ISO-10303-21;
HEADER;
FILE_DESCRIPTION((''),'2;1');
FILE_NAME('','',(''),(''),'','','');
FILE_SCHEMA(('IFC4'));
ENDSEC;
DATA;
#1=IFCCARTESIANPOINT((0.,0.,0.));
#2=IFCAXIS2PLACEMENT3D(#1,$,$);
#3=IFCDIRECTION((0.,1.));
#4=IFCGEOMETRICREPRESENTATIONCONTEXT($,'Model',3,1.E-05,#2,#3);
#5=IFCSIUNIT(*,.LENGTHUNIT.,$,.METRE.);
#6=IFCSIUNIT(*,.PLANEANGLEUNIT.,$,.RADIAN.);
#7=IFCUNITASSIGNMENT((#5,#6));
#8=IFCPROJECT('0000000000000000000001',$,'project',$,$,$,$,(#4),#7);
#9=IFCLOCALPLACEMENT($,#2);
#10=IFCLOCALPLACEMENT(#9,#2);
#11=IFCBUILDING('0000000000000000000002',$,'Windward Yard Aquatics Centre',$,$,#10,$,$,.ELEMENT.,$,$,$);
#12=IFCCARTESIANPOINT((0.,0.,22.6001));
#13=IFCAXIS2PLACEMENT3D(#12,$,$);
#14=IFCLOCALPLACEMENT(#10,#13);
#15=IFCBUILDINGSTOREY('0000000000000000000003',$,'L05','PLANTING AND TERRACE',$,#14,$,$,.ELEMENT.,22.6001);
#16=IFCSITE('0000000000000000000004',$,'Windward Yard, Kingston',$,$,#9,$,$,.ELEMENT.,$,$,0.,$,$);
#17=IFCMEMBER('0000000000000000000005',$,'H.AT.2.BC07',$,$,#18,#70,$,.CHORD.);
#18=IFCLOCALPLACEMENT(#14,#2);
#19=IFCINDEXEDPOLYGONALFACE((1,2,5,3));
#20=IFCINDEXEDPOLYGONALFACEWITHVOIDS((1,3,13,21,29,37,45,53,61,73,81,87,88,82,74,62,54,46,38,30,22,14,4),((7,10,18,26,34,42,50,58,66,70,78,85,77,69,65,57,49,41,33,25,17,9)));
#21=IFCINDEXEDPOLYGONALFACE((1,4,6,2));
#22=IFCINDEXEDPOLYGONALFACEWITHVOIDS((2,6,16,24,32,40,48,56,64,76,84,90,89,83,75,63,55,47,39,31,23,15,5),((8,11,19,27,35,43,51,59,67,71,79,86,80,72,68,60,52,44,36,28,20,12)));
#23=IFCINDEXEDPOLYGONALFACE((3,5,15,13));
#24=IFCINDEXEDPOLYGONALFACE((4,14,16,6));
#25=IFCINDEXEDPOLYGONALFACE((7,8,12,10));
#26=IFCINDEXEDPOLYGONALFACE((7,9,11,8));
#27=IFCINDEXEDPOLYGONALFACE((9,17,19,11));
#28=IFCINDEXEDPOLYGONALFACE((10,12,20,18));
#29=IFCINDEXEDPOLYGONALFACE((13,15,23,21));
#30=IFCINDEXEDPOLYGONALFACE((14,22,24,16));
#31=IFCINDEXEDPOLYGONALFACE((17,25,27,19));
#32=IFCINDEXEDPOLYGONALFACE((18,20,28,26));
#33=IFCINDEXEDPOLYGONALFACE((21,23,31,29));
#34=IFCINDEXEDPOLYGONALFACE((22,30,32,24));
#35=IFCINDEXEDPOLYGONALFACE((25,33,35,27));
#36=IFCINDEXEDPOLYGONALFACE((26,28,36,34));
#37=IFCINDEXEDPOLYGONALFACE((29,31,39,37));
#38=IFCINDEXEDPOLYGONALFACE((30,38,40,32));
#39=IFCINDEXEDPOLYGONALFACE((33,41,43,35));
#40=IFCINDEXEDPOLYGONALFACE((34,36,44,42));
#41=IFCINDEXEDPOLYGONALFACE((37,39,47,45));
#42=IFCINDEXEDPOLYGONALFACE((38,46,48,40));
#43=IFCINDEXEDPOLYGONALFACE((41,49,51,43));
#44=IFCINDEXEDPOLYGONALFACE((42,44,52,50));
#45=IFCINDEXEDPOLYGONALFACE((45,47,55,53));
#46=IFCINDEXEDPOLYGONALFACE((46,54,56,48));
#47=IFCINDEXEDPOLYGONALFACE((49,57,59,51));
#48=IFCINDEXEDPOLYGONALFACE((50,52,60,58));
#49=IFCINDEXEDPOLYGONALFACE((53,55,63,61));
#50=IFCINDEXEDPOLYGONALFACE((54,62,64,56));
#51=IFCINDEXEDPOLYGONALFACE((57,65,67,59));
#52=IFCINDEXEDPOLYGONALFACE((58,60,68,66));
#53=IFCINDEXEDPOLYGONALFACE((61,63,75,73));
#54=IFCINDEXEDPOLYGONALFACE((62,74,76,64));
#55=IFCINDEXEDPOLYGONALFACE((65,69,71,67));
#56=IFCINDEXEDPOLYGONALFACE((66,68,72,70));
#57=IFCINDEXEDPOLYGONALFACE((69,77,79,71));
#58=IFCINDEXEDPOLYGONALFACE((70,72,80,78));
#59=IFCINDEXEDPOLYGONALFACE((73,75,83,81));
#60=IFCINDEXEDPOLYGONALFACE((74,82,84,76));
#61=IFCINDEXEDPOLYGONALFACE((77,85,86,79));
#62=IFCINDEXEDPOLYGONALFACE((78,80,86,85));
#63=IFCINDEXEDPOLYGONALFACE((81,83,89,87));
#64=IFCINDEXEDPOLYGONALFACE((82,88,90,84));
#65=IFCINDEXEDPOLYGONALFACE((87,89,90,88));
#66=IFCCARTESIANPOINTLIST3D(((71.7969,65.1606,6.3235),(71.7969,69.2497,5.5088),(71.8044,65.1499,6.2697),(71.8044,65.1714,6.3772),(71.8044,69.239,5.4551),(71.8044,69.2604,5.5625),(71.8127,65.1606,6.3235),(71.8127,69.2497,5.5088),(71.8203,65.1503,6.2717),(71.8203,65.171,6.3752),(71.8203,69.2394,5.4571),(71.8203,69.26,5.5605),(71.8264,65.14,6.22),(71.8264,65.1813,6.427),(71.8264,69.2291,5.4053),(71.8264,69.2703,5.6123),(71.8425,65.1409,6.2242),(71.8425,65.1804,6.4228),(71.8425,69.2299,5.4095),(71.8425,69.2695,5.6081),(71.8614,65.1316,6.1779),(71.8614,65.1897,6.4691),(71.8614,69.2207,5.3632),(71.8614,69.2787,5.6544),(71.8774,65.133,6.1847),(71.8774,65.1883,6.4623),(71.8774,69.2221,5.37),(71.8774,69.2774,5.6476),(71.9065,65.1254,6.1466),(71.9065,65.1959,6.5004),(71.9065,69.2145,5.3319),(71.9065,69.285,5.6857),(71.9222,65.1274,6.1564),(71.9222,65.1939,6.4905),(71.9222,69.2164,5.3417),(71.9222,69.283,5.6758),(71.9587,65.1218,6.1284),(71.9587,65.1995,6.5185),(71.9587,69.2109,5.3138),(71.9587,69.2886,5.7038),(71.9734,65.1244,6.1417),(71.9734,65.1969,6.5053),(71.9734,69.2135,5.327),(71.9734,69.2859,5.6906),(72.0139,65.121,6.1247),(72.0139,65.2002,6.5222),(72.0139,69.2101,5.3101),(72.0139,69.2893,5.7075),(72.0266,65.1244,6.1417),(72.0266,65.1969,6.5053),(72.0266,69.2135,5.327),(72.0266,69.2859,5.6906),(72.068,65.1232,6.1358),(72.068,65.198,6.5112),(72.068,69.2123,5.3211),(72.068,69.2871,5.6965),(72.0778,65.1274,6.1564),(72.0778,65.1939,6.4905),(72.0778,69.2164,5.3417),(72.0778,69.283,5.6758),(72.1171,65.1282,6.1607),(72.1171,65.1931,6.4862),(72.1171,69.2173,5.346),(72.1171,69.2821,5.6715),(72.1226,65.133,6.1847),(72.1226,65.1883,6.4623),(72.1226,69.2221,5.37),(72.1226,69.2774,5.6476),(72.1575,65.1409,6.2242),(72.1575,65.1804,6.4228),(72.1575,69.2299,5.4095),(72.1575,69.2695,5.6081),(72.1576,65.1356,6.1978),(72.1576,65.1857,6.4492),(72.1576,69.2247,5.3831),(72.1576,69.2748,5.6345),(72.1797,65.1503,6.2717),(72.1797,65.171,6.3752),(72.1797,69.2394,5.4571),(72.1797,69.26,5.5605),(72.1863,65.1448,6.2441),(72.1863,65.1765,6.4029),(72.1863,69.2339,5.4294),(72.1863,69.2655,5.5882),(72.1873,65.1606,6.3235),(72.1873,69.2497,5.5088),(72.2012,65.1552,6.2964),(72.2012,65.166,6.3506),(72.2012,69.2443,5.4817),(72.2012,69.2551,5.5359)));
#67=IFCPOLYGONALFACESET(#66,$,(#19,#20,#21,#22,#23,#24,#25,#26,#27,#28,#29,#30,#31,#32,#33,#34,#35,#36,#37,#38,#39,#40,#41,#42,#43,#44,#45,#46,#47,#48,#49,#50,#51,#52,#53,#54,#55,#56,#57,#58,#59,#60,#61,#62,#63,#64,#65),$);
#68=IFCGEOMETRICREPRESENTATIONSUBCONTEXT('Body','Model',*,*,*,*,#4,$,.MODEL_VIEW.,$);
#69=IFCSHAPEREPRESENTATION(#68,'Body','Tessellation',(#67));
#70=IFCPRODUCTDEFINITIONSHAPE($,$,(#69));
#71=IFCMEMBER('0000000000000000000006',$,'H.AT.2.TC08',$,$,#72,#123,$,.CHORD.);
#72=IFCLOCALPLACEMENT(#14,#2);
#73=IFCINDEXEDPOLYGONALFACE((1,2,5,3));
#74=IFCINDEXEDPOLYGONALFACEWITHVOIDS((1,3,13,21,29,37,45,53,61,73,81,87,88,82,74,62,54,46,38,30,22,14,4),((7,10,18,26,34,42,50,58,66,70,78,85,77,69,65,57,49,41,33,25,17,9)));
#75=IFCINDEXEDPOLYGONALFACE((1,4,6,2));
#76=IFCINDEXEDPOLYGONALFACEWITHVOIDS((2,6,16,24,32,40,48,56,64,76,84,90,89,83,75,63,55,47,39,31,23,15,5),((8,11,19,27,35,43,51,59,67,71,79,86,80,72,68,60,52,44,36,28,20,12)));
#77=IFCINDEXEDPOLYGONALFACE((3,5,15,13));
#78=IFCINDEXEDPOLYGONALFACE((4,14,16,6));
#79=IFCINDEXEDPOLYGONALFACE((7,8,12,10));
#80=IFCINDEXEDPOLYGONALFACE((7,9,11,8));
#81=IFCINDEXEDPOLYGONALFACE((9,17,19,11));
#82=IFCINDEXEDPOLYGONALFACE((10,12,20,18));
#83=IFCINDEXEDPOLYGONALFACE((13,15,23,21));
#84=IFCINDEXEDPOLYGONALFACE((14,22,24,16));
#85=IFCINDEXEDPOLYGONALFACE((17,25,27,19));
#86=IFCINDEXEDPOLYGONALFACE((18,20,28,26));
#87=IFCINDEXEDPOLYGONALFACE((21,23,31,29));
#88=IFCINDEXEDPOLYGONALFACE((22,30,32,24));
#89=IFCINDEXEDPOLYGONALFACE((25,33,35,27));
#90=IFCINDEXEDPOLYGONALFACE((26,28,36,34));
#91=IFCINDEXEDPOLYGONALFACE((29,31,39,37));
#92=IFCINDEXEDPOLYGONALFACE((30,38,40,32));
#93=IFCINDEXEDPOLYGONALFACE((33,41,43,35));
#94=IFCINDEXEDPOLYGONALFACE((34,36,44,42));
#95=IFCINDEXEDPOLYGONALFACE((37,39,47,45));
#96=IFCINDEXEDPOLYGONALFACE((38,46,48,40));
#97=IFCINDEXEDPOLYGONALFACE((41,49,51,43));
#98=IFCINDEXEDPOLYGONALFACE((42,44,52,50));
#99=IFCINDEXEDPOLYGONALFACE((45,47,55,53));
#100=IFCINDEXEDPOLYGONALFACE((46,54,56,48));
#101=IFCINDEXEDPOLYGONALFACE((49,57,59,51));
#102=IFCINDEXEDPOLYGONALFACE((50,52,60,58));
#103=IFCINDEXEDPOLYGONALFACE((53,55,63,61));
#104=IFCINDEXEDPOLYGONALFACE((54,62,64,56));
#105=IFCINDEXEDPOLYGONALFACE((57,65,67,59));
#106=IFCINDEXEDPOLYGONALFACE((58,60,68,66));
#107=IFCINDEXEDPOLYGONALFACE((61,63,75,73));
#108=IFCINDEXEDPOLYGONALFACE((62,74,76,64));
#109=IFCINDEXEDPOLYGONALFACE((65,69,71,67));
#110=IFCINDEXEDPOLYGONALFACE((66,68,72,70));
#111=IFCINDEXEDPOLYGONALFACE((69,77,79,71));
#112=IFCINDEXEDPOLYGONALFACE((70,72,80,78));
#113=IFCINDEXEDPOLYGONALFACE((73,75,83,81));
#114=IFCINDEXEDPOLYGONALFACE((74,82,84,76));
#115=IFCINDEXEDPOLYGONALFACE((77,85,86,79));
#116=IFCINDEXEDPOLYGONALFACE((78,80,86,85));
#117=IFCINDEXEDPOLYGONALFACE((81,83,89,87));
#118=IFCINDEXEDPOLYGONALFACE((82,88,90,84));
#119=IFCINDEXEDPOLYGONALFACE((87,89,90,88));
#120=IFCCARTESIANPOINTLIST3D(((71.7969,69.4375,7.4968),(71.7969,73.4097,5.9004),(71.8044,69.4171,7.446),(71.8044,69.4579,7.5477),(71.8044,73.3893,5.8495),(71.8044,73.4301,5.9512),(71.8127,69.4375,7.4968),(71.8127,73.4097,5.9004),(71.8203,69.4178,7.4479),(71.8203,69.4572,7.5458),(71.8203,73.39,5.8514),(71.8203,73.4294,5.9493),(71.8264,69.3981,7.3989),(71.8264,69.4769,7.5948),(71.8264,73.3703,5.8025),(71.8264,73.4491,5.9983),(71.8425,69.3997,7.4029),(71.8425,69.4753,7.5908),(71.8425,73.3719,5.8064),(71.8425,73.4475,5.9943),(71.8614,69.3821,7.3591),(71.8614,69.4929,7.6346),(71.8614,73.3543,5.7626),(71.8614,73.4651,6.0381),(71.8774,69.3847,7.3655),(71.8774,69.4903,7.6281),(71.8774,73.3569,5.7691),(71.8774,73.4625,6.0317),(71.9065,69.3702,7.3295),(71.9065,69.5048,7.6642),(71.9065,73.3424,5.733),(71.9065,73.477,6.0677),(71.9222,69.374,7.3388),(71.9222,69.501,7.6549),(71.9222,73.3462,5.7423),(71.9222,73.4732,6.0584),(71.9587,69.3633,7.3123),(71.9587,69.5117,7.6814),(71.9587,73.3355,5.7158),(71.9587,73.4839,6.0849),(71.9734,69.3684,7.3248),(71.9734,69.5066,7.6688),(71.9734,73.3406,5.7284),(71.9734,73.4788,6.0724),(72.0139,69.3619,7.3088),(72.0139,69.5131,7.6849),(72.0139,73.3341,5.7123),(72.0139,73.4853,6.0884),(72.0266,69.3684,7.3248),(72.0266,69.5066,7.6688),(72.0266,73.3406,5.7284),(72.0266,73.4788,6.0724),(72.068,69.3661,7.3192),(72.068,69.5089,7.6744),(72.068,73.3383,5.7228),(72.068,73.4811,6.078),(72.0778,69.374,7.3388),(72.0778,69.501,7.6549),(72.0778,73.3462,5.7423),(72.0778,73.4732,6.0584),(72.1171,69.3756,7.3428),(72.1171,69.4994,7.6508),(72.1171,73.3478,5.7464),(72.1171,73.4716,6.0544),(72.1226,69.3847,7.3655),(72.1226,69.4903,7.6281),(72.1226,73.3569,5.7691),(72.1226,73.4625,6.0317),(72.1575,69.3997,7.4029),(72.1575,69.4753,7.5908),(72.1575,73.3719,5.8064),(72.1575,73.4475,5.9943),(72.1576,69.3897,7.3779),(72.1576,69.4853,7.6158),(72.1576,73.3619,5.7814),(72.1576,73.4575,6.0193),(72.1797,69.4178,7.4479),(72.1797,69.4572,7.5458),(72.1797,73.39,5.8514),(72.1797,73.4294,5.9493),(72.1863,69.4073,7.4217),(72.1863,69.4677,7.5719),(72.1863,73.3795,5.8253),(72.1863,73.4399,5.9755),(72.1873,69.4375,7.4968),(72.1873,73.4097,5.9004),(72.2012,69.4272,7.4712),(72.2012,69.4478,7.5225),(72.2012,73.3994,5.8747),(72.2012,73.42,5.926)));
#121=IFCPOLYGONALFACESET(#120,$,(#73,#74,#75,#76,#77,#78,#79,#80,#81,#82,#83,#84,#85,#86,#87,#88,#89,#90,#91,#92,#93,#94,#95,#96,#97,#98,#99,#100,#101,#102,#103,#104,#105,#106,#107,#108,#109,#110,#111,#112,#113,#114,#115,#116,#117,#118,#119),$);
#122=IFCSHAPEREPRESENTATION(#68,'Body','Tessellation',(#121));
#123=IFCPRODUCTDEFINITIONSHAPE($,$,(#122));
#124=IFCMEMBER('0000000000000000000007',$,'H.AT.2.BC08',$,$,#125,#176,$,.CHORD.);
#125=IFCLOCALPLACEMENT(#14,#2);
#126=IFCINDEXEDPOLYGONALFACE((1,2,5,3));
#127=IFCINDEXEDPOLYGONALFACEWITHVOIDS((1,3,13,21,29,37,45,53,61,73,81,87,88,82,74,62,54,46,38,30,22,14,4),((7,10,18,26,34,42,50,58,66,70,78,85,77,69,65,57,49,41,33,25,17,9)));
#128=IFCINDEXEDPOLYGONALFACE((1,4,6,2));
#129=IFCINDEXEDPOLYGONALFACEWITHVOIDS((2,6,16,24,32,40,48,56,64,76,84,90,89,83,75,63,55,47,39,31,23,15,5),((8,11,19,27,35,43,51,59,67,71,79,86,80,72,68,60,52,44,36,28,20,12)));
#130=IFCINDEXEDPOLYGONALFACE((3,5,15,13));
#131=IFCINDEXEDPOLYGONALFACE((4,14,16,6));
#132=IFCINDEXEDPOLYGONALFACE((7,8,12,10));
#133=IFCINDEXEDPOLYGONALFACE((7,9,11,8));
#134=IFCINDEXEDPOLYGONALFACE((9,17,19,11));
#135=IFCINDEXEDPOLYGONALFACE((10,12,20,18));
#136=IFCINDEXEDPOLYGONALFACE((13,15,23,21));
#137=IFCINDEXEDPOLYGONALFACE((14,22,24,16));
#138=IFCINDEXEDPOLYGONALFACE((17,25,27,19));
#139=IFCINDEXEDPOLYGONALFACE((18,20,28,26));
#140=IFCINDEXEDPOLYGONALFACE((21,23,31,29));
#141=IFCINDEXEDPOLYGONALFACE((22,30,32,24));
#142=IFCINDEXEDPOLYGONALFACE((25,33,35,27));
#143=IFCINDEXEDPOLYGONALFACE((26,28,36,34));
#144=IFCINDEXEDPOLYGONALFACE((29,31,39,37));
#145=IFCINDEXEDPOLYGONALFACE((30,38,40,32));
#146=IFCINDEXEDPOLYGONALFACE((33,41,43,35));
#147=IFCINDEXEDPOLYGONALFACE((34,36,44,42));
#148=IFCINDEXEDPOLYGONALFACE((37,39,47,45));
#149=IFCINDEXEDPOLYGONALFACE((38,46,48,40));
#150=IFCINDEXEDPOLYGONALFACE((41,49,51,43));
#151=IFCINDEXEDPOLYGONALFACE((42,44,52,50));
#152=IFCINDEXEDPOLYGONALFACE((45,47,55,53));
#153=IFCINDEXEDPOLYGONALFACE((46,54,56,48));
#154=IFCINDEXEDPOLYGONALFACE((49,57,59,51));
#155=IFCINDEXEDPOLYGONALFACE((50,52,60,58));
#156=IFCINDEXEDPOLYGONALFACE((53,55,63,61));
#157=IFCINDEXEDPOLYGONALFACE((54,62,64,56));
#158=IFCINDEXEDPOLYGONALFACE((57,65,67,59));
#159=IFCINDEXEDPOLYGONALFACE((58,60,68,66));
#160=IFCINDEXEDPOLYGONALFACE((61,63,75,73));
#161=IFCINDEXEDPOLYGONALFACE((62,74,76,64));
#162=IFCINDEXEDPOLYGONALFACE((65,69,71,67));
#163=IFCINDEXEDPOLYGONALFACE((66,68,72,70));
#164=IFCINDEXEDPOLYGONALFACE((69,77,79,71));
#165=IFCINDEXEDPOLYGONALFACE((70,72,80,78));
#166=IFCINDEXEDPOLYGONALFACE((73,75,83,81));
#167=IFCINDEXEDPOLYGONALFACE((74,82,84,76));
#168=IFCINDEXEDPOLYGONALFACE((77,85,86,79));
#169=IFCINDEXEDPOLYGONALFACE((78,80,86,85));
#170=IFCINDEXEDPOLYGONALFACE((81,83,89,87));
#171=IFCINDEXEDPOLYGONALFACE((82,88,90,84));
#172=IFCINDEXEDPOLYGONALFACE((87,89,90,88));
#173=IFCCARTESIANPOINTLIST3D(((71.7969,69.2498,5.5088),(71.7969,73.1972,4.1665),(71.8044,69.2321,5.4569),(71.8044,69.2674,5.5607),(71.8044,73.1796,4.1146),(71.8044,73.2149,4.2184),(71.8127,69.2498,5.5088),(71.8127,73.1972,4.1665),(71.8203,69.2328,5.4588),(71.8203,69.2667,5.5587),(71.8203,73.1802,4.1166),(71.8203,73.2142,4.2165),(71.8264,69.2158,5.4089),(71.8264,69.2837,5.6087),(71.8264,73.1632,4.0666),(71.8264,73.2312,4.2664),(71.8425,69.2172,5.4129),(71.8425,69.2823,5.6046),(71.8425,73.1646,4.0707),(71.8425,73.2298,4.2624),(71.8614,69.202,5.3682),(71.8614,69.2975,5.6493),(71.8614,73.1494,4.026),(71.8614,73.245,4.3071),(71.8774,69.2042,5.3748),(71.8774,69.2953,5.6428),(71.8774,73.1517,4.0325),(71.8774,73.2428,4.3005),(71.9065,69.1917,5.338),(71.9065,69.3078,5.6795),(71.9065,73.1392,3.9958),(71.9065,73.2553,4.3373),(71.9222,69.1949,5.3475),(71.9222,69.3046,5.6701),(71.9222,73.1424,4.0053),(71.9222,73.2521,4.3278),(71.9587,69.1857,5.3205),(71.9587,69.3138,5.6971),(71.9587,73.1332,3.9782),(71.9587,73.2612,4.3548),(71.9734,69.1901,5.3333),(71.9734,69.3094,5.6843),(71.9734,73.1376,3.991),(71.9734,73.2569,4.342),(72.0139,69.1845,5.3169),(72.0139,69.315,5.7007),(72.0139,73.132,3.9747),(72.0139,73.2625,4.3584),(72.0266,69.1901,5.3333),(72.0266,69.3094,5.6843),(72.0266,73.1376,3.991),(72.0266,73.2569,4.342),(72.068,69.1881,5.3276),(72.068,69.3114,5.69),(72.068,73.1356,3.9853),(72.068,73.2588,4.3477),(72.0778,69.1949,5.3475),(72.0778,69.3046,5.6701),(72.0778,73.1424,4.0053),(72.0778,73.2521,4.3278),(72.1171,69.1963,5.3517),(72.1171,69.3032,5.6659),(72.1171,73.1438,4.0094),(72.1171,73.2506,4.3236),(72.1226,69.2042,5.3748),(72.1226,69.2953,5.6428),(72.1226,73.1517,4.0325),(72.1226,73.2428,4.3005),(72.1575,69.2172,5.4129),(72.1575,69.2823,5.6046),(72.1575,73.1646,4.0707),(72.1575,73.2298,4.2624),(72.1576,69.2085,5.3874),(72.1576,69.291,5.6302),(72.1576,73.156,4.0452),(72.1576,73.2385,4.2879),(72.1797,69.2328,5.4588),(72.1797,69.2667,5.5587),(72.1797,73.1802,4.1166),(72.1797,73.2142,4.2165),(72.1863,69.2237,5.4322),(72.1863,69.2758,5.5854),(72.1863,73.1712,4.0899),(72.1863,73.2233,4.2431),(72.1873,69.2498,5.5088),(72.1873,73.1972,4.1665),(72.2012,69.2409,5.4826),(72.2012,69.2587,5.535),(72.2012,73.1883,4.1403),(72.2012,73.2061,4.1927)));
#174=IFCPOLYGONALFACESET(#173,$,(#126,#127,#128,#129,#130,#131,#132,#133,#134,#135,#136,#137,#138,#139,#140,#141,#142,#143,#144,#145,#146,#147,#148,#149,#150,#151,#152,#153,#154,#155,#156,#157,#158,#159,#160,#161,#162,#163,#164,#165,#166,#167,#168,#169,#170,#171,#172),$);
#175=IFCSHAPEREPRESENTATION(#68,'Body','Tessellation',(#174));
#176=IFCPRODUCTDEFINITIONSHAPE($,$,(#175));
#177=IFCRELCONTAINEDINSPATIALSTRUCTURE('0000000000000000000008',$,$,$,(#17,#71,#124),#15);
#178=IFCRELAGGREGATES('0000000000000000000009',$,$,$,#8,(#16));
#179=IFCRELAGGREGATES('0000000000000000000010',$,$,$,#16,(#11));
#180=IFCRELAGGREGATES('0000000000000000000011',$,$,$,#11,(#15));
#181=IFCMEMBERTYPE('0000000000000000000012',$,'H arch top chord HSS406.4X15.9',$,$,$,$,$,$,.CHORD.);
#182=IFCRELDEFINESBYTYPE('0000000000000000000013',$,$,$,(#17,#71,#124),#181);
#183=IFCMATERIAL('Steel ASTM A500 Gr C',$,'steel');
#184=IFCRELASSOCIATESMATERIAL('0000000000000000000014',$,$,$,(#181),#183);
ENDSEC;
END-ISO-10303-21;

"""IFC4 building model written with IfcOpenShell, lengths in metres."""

from ifc_helpers import new_model, si_unit, direction, frame, origin, origin_2d, place, context, subcontext, project, spatial, hollow_circle, extrude, material, material_profile, profile_set, type_object, element, save


model = new_model("IFC4")

# Units and contexts
model_context = context("Model", 3, precision=1e-05, world=origin(), true_north=direction((0.0, 1.0)))
body_context = subcontext(model_context, "Body", "Model", "MODEL_VIEW")
ifc_project = project(units=[si_unit("LENGTHUNIT", "METRE"), si_unit("PLANEANGLEUNIT", "RADIAN")], contexts=[model_context])

# Site, building, storey
site_placement = place(None, origin())
site = spatial("IfcSite", under=ifc_project, at=site_placement, Name="Windward Yard, Kingston", CompositionType="ELEMENT", RefElevation=0.0)
building_placement = place(site_placement, origin())
building = spatial("IfcBuilding", under=site, at=building_placement, Name="Windward Yard Aquatics Centre", CompositionType="ELEMENT")
storey_placement = place(building_placement, frame((0.0, 0.0, 22.6001)))
storey = spatial("IfcBuildingStorey", under=building, at=storey_placement, Name="L05", Description="PLANTING AND TERRACE", CompositionType="ELEMENT", Elevation=22.6001)

# Members
ifc_material_1 = material(Name="Steel ASTM A500 Gr C", Category="steel")
ifc_material_profile_1 = material_profile(ifc_material_1, hollow_circle(Radius=0.2031, WallThickness=0.0159, at=origin_2d()), Name="HSS406.4X15.9")
ifc_profile_set_1 = profile_set([ifc_material_profile_1], Name="Steel ASTM A500 Gr C")
member_type_1 = type_object("IfcMemberType", Name="H arch top chord HSS406.4X15.9", PredefinedType="CHORD", material=ifc_profile_set_1)
member_1_placement = place(storey_placement, frame((72.0, 65.1606, 6.3235), z_axis=(0.0, 0.980725, -0.195395), x_axis=(-1.0, 0.0, 0.0)))
element("IfcMember", 1, at=member_1_placement, inside=storey, type_object=member_type_1, Name="H.AT.2.BC07", PredefinedType="CHORD", context=body_context, shape_type="SweptSolid", body=[
    extrude(hollow_circle(Radius=0.2031, WallThickness=0.0159, at=origin_2d()), origin(), (0.0, 0.0, 1.0), 4.1694),
])
member_2_placement = place(storey_placement, frame((72.0, 69.4375, 7.4968), z_axis=(0.0, 0.927866, -0.372914), x_axis=(-1.0, 0.0, 0.0)))
element("IfcMember", 2, at=member_2_placement, inside=storey, type_object=member_type_1, Name="H.AT.2.TC08", PredefinedType="CHORD", context=body_context, shape_type="SweptSolid", body=[
    extrude(hollow_circle(Radius=0.2031, WallThickness=0.0159, at=origin_2d()), origin(), (0.0, 0.0, 1.0), 4.281),
])
member_3_placement = place(storey_placement, frame((72.0, 69.2498, 5.5088), z_axis=(0.0, 0.946763, -0.321931), x_axis=(-1.0, 0.0, 0.0)))
element("IfcMember", 3, at=member_3_placement, inside=storey, type_object=member_type_1, Name="H.AT.2.BC08", PredefinedType="CHORD", context=body_context, shape_type="SweptSolid", body=[
    extrude(hollow_circle(Radius=0.2031, WallThickness=0.0159, at=origin_2d()), origin(), (0.0, 0.0, 1.0), 4.1694),
])

save(model, "model.ifc")
